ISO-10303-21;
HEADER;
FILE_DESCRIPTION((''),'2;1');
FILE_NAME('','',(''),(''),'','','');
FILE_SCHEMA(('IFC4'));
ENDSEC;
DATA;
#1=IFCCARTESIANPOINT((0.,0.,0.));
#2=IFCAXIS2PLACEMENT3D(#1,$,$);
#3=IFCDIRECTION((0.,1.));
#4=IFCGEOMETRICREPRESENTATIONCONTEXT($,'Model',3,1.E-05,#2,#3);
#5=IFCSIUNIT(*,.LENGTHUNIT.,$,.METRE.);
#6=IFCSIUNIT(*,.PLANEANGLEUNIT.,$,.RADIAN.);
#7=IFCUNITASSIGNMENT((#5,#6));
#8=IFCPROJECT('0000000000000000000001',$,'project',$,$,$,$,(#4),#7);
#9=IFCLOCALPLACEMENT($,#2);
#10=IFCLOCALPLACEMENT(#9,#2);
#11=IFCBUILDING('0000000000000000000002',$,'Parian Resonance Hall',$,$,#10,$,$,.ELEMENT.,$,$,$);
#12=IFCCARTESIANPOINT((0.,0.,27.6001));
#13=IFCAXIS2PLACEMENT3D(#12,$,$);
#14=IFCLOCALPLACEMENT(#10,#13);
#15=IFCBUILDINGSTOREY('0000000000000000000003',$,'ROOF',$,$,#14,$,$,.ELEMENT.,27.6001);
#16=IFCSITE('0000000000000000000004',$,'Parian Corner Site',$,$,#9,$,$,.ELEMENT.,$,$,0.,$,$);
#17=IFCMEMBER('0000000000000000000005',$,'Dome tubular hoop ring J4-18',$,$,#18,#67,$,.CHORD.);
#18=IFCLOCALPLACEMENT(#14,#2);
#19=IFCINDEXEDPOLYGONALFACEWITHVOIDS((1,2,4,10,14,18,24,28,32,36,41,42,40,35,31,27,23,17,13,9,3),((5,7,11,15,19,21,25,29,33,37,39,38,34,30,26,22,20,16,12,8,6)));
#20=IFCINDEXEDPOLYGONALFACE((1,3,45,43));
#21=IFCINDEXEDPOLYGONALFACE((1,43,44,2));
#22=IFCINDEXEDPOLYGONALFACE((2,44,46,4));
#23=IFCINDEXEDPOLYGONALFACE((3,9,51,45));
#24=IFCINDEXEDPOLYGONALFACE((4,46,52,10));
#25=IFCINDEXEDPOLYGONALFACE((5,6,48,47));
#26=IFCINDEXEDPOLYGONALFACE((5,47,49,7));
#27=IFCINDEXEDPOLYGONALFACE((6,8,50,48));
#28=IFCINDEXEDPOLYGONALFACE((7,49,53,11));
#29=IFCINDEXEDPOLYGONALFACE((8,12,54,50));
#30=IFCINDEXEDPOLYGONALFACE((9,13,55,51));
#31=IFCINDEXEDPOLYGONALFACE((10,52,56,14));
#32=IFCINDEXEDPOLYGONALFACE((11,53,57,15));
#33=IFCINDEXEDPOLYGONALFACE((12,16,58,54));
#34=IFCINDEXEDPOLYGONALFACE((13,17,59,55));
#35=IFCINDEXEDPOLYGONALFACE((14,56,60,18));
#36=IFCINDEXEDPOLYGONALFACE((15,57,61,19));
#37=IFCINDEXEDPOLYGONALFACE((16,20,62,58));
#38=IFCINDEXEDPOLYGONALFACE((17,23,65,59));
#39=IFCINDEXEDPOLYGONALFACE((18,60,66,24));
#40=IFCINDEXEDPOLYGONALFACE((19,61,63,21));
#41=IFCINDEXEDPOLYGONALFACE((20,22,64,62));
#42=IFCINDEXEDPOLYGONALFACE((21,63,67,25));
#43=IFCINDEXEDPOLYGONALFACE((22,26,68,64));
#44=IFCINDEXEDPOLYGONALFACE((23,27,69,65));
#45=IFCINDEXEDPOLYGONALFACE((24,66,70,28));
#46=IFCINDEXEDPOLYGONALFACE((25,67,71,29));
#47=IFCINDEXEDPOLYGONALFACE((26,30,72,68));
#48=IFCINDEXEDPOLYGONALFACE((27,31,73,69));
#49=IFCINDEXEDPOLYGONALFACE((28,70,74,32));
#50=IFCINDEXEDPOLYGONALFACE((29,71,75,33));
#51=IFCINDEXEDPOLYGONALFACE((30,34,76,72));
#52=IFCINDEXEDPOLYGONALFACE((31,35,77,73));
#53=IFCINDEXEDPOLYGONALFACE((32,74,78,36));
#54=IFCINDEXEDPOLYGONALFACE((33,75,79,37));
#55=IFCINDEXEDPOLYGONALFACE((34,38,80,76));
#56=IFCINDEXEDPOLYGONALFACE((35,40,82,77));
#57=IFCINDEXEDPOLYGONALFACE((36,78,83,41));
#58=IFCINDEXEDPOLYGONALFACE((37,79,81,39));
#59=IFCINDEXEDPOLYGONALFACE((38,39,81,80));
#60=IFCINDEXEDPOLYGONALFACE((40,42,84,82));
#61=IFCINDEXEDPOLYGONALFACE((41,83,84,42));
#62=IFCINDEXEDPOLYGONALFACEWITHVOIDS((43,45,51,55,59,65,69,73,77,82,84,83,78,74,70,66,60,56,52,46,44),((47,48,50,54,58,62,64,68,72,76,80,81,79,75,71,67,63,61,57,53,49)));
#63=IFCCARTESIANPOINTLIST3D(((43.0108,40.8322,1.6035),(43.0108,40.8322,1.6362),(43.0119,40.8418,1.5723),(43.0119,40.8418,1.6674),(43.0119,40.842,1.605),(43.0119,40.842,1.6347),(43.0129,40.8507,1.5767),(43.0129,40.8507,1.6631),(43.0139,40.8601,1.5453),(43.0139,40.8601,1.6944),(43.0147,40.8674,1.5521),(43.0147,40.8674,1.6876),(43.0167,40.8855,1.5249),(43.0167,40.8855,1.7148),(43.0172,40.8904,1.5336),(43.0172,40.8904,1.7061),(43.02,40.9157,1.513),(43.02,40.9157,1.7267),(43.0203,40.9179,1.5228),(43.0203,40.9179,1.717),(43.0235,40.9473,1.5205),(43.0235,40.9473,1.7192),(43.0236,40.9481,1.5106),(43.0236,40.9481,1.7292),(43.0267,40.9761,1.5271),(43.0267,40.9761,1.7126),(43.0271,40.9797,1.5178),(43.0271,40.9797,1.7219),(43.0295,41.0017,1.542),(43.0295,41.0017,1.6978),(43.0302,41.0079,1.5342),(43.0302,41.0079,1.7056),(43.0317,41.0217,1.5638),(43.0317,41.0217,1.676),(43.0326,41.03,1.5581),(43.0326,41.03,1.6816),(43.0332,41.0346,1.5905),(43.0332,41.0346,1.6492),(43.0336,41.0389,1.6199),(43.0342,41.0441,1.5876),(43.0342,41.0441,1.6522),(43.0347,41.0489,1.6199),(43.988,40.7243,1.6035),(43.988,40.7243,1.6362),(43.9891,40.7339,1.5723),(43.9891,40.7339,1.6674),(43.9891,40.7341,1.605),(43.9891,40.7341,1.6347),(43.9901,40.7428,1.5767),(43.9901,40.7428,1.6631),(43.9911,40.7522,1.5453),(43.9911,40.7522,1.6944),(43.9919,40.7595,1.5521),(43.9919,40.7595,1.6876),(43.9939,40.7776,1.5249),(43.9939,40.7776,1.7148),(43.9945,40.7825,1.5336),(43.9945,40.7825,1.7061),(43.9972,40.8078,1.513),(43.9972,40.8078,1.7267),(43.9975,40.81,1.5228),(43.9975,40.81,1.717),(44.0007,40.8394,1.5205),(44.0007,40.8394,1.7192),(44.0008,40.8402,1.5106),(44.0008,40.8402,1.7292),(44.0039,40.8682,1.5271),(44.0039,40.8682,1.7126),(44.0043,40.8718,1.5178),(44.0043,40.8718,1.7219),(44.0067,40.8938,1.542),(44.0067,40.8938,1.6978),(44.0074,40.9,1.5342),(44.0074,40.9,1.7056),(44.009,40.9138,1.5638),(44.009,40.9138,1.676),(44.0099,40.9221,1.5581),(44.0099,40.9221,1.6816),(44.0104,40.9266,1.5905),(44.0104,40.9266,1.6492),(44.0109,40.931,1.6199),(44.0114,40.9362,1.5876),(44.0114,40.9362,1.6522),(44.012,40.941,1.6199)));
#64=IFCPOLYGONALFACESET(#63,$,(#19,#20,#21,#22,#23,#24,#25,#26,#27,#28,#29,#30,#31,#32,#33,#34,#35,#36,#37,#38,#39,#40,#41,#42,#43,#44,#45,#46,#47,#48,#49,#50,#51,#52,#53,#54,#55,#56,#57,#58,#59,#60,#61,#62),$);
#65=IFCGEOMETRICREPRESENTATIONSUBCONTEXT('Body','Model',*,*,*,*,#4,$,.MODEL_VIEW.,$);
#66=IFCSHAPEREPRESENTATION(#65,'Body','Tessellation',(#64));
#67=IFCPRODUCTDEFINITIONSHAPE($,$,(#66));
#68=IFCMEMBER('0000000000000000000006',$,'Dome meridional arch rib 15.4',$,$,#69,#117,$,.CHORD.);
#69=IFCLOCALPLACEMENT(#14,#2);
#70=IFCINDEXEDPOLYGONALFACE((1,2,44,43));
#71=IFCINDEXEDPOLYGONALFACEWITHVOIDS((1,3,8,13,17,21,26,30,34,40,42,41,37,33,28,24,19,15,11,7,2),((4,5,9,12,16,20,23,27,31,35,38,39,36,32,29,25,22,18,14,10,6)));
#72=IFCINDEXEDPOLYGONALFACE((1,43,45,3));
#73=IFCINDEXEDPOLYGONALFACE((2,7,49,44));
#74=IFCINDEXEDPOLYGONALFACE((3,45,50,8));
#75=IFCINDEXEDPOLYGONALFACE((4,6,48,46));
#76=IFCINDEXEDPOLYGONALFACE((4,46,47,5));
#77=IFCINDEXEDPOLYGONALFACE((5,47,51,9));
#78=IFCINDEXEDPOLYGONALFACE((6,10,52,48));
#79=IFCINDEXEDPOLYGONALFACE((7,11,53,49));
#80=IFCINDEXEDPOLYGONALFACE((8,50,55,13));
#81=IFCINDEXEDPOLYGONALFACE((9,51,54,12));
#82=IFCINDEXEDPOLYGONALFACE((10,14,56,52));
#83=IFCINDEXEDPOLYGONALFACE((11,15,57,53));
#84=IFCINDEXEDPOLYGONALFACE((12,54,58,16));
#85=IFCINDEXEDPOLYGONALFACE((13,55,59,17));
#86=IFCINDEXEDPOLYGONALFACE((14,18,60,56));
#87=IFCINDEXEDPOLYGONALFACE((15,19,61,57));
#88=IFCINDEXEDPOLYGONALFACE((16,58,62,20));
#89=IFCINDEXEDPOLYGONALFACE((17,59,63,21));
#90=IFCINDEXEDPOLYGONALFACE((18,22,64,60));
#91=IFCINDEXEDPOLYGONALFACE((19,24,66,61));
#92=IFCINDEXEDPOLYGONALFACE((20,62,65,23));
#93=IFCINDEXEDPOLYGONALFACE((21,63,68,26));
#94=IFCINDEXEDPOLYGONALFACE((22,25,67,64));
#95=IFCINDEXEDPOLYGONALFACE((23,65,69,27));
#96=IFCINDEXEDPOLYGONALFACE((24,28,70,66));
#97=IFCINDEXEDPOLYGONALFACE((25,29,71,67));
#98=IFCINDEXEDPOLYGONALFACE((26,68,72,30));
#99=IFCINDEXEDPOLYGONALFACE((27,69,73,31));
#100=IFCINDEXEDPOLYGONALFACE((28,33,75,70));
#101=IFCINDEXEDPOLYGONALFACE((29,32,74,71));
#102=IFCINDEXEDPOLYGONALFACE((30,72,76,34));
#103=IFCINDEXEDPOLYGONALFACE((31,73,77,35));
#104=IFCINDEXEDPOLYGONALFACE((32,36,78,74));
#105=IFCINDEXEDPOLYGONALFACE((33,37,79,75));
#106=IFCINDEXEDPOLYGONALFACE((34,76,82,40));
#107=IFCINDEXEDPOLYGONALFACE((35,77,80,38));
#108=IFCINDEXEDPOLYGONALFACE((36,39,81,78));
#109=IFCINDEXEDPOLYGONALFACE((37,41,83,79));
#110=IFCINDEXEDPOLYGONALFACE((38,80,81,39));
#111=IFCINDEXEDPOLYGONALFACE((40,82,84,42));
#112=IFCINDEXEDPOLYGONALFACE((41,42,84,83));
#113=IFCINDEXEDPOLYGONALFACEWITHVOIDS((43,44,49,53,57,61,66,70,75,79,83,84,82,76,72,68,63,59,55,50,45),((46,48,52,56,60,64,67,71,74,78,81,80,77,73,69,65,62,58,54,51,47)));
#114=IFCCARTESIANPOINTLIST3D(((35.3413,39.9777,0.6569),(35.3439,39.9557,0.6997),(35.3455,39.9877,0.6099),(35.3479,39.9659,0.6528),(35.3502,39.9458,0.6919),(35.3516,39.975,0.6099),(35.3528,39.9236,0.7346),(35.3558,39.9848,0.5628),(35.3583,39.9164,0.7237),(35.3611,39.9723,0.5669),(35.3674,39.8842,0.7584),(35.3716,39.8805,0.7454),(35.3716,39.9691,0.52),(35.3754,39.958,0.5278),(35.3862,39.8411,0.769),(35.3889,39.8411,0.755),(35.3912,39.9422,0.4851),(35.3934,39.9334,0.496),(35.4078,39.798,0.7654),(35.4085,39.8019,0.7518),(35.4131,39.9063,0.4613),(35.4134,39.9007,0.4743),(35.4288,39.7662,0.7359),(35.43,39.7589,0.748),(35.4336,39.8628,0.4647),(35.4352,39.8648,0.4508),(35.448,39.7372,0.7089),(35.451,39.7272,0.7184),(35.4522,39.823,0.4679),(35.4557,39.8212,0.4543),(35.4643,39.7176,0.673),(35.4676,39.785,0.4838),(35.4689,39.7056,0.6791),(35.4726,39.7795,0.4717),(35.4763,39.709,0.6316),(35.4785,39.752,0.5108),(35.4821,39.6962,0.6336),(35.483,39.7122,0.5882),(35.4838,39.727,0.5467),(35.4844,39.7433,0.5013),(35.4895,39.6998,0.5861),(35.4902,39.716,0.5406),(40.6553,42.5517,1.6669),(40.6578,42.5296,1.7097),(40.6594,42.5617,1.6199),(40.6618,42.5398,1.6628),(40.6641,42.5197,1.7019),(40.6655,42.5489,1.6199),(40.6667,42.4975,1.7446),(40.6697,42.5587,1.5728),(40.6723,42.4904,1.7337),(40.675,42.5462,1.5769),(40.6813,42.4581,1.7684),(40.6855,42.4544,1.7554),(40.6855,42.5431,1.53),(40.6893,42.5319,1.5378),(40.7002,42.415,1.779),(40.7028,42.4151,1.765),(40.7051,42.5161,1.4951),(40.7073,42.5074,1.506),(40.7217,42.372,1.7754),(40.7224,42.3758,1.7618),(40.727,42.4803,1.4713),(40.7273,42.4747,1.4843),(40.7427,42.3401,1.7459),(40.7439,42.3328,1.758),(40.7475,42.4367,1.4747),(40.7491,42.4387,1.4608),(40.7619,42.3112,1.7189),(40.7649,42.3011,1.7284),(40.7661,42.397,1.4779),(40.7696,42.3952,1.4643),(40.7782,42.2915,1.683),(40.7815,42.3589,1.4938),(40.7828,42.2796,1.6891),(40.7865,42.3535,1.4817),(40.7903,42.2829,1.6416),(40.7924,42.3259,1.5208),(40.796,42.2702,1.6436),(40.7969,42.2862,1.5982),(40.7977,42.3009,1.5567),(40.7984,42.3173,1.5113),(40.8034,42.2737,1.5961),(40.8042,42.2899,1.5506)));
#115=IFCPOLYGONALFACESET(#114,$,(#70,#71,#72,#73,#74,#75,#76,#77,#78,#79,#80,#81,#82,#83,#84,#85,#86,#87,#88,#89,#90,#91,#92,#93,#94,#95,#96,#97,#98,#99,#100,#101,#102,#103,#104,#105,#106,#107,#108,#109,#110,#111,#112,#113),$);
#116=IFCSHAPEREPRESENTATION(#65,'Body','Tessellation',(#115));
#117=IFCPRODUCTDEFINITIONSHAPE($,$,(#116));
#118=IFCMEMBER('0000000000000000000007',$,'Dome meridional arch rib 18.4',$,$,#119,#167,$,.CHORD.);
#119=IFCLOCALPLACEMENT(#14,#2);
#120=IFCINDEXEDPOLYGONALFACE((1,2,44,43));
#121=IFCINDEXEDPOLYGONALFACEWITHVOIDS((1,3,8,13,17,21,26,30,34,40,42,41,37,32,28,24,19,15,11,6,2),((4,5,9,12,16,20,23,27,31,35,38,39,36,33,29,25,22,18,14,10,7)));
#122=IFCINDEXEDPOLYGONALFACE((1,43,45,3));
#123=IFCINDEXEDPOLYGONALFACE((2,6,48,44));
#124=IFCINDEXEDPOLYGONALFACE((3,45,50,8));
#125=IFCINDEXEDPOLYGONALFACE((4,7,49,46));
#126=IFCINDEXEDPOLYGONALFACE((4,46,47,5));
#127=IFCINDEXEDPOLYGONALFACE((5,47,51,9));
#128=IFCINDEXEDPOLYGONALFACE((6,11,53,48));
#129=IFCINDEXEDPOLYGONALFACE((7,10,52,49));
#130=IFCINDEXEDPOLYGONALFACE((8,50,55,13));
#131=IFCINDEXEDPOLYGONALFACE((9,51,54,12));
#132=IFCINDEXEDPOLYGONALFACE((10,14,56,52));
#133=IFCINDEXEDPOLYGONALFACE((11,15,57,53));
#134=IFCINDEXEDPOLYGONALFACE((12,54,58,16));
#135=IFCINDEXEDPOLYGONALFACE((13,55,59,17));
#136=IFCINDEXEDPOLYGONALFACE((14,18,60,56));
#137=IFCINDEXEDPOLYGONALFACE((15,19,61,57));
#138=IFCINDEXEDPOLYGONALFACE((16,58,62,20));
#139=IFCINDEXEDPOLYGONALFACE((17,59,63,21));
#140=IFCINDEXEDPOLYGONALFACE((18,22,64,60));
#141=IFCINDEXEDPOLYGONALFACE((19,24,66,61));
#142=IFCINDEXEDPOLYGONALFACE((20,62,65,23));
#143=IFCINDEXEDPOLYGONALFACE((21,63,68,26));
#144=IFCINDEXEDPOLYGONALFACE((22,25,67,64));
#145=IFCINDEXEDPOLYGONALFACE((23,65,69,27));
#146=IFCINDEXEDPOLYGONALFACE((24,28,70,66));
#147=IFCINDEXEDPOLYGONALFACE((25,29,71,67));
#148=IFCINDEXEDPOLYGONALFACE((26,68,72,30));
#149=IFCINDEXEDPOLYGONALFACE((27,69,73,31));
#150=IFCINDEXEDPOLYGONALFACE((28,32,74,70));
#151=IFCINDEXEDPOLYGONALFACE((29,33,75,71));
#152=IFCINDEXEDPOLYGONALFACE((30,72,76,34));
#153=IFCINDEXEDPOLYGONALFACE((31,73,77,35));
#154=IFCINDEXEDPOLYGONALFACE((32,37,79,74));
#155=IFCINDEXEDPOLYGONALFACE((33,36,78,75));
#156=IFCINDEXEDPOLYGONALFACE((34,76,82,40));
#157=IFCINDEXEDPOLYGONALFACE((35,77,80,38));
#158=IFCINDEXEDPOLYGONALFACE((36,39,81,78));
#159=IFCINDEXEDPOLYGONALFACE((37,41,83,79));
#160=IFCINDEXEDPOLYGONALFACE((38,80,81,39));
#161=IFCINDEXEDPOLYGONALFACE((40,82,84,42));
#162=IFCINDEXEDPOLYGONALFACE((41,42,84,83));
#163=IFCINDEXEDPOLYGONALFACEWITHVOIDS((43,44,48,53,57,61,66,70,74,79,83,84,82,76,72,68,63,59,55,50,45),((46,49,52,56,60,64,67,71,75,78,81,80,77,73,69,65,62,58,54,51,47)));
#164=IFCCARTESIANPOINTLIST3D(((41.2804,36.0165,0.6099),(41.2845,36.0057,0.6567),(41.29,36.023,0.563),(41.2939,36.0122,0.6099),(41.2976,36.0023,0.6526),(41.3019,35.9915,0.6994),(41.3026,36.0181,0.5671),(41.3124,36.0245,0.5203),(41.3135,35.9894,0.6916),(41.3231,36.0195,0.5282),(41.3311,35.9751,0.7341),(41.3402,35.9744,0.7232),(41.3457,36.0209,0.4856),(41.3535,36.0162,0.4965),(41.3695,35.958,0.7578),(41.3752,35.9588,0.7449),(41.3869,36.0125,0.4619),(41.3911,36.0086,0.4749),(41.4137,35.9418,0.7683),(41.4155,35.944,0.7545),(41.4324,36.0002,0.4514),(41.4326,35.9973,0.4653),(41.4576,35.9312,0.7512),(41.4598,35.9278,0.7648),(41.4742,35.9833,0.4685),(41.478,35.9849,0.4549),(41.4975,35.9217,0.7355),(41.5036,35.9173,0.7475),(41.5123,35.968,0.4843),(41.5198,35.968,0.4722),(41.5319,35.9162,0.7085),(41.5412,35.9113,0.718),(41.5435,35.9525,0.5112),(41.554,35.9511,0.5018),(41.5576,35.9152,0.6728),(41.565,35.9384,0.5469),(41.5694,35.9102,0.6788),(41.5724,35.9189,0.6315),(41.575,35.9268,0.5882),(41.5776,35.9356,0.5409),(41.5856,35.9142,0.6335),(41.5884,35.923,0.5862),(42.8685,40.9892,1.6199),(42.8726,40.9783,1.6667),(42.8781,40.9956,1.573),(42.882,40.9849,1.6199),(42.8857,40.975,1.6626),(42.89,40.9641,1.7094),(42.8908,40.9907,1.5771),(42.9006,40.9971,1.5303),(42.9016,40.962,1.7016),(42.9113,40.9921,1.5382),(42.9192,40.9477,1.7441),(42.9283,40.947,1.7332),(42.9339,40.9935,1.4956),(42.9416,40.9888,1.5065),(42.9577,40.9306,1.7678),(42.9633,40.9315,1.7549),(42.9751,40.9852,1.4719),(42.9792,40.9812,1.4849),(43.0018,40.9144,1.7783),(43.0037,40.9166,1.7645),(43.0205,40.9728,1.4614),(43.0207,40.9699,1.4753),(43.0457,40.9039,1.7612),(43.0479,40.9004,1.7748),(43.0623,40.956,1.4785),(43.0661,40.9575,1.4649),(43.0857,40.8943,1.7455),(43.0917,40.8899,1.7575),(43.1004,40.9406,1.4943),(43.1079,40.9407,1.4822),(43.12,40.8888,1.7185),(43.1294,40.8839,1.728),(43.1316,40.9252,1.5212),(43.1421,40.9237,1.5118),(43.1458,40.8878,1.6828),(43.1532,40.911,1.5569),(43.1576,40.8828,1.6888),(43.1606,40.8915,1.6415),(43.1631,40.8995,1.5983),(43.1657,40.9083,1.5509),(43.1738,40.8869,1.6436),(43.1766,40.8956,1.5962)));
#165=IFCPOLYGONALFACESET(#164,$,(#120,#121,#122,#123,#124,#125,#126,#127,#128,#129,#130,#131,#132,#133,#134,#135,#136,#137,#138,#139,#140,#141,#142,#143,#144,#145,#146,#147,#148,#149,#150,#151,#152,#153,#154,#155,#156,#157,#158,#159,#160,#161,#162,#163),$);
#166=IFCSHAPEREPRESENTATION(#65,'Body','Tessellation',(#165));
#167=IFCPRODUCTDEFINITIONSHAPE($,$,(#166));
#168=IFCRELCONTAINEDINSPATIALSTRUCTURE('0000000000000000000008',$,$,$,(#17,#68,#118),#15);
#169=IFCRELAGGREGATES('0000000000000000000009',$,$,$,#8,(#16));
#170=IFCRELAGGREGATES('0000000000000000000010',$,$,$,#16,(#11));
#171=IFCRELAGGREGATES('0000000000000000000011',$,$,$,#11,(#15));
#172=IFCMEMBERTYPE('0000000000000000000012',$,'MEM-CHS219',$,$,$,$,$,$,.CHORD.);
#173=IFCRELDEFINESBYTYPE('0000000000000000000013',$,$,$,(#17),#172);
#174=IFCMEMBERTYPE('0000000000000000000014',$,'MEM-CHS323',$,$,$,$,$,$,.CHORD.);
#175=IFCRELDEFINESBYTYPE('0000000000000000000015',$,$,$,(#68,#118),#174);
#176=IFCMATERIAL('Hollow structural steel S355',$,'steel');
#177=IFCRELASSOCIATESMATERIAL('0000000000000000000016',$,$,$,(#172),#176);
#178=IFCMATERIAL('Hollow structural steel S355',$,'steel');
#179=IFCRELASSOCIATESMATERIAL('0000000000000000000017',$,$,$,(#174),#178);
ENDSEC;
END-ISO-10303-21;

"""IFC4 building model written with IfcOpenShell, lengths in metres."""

from ifc_helpers import new_model, si_unit, direction, frame, origin, origin_2d, place, context, subcontext, project, spatial, hollow_circle, extrude, material, material_profile, profile_set, type_object, element, save


model = new_model("IFC4")

# Units and contexts
model_context = context("Model", 3, precision=1e-05, world=origin(), true_north=direction((0.0, 1.0)))
body_context = subcontext(model_context, "Body", "Model", "MODEL_VIEW")
ifc_project = project(units=[si_unit("LENGTHUNIT", "METRE"), si_unit("PLANEANGLEUNIT", "RADIAN")], contexts=[model_context])

# Site, building, storey
site_placement = place(None, origin())
site = spatial("IfcSite", under=ifc_project, at=site_placement, Name="Parian Corner Site", CompositionType="ELEMENT", RefElevation=0.0)
building_placement = place(site_placement, origin())
building = spatial("IfcBuilding", under=site, at=building_placement, Name="Parian Resonance Hall", CompositionType="ELEMENT")
storey_placement = place(building_placement, frame((0.0, 0.0, 27.6001)))
storey = spatial("IfcBuildingStorey", under=building, at=storey_placement, Name="ROOF", CompositionType="ELEMENT", Elevation=27.6001)

# Members
ifc_material_1 = material(Name="Hollow structural steel S355", Category="steel")
ifc_material_profile_1 = material_profile(ifc_material_1, hollow_circle(Radius=0.1096, WallThickness=0.01, at=origin_2d()), Name="CHS219.1x10")
ifc_profile_set_1 = profile_set([ifc_material_profile_1], Name="Hollow structural steel S355")
member_type_1 = type_object("IfcMemberType", Name="MEM-CHS219", PredefinedType="CHORD", material=ifc_profile_set_1)
member_1_placement = place(storey_placement, frame((43.0227, 40.9399, 1.6199), z_axis=(0.993959, -0.10975, 0.0), x_axis=(0.10975, 0.993959, 0.0)))
element("IfcMember", 1, at=member_1_placement, inside=storey, type_object=member_type_1, Name="Dome tubular hoop ring J4-18", PredefinedType="CHORD", context=body_context, shape_type="SweptSolid", body=[
    extrude(hollow_circle(Radius=0.1096, WallThickness=0.01, at=origin_2d()), origin(), (0.0, 0.0, 1.0), 0.9832),
])
ifc_material_2 = material(Name="Hollow structural steel S355", Category="steel")
ifc_material_profile_2 = material_profile(ifc_material_2, hollow_circle(Radius=0.1619, WallThickness=0.0142, at=origin_2d()), Name="CHS323.9x14.2")
ifc_profile_set_2 = profile_set([ifc_material_profile_2], Name="Hollow structural steel S355")
member_type_2 = type_object("IfcMemberType", Name="MEM-CHS323", PredefinedType="CHORD", material=ifc_profile_set_2)
member_2_placement = place(storey_placement, frame((35.416, 39.842, 0.6099), z_axis=(0.887095, 0.42969, 0.168608), x_axis=(-0.435932, 0.89998, 0.0)))
element("IfcMember", 2, at=member_2_placement, inside=storey, type_object=member_type_2, Name="Dome meridional arch rib 15.4", PredefinedType="CHORD", context=body_context, shape_type="SweptSolid", body=[
    extrude(hollow_circle(Radius=0.1619, WallThickness=0.0142, at=origin_2d()), origin(), (0.0, 0.0, 1.0), 5.9902),
])
member_3_placement = place(storey_placement, frame((41.4346, 35.9673, 0.6099), z_axis=(0.298695, 0.935252, 0.189962), x_axis=(-0.952597, 0.304234, 0.0)))
element("IfcMember", 3, at=member_3_placement, inside=storey, type_object=member_type_2, Name="Dome meridional arch rib 18.4", PredefinedType="CHORD", context=body_context, shape_type="SweptSolid", body=[
    extrude(hollow_circle(Radius=0.1619, WallThickness=0.0142, at=origin_2d()), origin(), (0.0, 0.0, 1.0), 5.3169),
])

save(model, "model.ifc")
